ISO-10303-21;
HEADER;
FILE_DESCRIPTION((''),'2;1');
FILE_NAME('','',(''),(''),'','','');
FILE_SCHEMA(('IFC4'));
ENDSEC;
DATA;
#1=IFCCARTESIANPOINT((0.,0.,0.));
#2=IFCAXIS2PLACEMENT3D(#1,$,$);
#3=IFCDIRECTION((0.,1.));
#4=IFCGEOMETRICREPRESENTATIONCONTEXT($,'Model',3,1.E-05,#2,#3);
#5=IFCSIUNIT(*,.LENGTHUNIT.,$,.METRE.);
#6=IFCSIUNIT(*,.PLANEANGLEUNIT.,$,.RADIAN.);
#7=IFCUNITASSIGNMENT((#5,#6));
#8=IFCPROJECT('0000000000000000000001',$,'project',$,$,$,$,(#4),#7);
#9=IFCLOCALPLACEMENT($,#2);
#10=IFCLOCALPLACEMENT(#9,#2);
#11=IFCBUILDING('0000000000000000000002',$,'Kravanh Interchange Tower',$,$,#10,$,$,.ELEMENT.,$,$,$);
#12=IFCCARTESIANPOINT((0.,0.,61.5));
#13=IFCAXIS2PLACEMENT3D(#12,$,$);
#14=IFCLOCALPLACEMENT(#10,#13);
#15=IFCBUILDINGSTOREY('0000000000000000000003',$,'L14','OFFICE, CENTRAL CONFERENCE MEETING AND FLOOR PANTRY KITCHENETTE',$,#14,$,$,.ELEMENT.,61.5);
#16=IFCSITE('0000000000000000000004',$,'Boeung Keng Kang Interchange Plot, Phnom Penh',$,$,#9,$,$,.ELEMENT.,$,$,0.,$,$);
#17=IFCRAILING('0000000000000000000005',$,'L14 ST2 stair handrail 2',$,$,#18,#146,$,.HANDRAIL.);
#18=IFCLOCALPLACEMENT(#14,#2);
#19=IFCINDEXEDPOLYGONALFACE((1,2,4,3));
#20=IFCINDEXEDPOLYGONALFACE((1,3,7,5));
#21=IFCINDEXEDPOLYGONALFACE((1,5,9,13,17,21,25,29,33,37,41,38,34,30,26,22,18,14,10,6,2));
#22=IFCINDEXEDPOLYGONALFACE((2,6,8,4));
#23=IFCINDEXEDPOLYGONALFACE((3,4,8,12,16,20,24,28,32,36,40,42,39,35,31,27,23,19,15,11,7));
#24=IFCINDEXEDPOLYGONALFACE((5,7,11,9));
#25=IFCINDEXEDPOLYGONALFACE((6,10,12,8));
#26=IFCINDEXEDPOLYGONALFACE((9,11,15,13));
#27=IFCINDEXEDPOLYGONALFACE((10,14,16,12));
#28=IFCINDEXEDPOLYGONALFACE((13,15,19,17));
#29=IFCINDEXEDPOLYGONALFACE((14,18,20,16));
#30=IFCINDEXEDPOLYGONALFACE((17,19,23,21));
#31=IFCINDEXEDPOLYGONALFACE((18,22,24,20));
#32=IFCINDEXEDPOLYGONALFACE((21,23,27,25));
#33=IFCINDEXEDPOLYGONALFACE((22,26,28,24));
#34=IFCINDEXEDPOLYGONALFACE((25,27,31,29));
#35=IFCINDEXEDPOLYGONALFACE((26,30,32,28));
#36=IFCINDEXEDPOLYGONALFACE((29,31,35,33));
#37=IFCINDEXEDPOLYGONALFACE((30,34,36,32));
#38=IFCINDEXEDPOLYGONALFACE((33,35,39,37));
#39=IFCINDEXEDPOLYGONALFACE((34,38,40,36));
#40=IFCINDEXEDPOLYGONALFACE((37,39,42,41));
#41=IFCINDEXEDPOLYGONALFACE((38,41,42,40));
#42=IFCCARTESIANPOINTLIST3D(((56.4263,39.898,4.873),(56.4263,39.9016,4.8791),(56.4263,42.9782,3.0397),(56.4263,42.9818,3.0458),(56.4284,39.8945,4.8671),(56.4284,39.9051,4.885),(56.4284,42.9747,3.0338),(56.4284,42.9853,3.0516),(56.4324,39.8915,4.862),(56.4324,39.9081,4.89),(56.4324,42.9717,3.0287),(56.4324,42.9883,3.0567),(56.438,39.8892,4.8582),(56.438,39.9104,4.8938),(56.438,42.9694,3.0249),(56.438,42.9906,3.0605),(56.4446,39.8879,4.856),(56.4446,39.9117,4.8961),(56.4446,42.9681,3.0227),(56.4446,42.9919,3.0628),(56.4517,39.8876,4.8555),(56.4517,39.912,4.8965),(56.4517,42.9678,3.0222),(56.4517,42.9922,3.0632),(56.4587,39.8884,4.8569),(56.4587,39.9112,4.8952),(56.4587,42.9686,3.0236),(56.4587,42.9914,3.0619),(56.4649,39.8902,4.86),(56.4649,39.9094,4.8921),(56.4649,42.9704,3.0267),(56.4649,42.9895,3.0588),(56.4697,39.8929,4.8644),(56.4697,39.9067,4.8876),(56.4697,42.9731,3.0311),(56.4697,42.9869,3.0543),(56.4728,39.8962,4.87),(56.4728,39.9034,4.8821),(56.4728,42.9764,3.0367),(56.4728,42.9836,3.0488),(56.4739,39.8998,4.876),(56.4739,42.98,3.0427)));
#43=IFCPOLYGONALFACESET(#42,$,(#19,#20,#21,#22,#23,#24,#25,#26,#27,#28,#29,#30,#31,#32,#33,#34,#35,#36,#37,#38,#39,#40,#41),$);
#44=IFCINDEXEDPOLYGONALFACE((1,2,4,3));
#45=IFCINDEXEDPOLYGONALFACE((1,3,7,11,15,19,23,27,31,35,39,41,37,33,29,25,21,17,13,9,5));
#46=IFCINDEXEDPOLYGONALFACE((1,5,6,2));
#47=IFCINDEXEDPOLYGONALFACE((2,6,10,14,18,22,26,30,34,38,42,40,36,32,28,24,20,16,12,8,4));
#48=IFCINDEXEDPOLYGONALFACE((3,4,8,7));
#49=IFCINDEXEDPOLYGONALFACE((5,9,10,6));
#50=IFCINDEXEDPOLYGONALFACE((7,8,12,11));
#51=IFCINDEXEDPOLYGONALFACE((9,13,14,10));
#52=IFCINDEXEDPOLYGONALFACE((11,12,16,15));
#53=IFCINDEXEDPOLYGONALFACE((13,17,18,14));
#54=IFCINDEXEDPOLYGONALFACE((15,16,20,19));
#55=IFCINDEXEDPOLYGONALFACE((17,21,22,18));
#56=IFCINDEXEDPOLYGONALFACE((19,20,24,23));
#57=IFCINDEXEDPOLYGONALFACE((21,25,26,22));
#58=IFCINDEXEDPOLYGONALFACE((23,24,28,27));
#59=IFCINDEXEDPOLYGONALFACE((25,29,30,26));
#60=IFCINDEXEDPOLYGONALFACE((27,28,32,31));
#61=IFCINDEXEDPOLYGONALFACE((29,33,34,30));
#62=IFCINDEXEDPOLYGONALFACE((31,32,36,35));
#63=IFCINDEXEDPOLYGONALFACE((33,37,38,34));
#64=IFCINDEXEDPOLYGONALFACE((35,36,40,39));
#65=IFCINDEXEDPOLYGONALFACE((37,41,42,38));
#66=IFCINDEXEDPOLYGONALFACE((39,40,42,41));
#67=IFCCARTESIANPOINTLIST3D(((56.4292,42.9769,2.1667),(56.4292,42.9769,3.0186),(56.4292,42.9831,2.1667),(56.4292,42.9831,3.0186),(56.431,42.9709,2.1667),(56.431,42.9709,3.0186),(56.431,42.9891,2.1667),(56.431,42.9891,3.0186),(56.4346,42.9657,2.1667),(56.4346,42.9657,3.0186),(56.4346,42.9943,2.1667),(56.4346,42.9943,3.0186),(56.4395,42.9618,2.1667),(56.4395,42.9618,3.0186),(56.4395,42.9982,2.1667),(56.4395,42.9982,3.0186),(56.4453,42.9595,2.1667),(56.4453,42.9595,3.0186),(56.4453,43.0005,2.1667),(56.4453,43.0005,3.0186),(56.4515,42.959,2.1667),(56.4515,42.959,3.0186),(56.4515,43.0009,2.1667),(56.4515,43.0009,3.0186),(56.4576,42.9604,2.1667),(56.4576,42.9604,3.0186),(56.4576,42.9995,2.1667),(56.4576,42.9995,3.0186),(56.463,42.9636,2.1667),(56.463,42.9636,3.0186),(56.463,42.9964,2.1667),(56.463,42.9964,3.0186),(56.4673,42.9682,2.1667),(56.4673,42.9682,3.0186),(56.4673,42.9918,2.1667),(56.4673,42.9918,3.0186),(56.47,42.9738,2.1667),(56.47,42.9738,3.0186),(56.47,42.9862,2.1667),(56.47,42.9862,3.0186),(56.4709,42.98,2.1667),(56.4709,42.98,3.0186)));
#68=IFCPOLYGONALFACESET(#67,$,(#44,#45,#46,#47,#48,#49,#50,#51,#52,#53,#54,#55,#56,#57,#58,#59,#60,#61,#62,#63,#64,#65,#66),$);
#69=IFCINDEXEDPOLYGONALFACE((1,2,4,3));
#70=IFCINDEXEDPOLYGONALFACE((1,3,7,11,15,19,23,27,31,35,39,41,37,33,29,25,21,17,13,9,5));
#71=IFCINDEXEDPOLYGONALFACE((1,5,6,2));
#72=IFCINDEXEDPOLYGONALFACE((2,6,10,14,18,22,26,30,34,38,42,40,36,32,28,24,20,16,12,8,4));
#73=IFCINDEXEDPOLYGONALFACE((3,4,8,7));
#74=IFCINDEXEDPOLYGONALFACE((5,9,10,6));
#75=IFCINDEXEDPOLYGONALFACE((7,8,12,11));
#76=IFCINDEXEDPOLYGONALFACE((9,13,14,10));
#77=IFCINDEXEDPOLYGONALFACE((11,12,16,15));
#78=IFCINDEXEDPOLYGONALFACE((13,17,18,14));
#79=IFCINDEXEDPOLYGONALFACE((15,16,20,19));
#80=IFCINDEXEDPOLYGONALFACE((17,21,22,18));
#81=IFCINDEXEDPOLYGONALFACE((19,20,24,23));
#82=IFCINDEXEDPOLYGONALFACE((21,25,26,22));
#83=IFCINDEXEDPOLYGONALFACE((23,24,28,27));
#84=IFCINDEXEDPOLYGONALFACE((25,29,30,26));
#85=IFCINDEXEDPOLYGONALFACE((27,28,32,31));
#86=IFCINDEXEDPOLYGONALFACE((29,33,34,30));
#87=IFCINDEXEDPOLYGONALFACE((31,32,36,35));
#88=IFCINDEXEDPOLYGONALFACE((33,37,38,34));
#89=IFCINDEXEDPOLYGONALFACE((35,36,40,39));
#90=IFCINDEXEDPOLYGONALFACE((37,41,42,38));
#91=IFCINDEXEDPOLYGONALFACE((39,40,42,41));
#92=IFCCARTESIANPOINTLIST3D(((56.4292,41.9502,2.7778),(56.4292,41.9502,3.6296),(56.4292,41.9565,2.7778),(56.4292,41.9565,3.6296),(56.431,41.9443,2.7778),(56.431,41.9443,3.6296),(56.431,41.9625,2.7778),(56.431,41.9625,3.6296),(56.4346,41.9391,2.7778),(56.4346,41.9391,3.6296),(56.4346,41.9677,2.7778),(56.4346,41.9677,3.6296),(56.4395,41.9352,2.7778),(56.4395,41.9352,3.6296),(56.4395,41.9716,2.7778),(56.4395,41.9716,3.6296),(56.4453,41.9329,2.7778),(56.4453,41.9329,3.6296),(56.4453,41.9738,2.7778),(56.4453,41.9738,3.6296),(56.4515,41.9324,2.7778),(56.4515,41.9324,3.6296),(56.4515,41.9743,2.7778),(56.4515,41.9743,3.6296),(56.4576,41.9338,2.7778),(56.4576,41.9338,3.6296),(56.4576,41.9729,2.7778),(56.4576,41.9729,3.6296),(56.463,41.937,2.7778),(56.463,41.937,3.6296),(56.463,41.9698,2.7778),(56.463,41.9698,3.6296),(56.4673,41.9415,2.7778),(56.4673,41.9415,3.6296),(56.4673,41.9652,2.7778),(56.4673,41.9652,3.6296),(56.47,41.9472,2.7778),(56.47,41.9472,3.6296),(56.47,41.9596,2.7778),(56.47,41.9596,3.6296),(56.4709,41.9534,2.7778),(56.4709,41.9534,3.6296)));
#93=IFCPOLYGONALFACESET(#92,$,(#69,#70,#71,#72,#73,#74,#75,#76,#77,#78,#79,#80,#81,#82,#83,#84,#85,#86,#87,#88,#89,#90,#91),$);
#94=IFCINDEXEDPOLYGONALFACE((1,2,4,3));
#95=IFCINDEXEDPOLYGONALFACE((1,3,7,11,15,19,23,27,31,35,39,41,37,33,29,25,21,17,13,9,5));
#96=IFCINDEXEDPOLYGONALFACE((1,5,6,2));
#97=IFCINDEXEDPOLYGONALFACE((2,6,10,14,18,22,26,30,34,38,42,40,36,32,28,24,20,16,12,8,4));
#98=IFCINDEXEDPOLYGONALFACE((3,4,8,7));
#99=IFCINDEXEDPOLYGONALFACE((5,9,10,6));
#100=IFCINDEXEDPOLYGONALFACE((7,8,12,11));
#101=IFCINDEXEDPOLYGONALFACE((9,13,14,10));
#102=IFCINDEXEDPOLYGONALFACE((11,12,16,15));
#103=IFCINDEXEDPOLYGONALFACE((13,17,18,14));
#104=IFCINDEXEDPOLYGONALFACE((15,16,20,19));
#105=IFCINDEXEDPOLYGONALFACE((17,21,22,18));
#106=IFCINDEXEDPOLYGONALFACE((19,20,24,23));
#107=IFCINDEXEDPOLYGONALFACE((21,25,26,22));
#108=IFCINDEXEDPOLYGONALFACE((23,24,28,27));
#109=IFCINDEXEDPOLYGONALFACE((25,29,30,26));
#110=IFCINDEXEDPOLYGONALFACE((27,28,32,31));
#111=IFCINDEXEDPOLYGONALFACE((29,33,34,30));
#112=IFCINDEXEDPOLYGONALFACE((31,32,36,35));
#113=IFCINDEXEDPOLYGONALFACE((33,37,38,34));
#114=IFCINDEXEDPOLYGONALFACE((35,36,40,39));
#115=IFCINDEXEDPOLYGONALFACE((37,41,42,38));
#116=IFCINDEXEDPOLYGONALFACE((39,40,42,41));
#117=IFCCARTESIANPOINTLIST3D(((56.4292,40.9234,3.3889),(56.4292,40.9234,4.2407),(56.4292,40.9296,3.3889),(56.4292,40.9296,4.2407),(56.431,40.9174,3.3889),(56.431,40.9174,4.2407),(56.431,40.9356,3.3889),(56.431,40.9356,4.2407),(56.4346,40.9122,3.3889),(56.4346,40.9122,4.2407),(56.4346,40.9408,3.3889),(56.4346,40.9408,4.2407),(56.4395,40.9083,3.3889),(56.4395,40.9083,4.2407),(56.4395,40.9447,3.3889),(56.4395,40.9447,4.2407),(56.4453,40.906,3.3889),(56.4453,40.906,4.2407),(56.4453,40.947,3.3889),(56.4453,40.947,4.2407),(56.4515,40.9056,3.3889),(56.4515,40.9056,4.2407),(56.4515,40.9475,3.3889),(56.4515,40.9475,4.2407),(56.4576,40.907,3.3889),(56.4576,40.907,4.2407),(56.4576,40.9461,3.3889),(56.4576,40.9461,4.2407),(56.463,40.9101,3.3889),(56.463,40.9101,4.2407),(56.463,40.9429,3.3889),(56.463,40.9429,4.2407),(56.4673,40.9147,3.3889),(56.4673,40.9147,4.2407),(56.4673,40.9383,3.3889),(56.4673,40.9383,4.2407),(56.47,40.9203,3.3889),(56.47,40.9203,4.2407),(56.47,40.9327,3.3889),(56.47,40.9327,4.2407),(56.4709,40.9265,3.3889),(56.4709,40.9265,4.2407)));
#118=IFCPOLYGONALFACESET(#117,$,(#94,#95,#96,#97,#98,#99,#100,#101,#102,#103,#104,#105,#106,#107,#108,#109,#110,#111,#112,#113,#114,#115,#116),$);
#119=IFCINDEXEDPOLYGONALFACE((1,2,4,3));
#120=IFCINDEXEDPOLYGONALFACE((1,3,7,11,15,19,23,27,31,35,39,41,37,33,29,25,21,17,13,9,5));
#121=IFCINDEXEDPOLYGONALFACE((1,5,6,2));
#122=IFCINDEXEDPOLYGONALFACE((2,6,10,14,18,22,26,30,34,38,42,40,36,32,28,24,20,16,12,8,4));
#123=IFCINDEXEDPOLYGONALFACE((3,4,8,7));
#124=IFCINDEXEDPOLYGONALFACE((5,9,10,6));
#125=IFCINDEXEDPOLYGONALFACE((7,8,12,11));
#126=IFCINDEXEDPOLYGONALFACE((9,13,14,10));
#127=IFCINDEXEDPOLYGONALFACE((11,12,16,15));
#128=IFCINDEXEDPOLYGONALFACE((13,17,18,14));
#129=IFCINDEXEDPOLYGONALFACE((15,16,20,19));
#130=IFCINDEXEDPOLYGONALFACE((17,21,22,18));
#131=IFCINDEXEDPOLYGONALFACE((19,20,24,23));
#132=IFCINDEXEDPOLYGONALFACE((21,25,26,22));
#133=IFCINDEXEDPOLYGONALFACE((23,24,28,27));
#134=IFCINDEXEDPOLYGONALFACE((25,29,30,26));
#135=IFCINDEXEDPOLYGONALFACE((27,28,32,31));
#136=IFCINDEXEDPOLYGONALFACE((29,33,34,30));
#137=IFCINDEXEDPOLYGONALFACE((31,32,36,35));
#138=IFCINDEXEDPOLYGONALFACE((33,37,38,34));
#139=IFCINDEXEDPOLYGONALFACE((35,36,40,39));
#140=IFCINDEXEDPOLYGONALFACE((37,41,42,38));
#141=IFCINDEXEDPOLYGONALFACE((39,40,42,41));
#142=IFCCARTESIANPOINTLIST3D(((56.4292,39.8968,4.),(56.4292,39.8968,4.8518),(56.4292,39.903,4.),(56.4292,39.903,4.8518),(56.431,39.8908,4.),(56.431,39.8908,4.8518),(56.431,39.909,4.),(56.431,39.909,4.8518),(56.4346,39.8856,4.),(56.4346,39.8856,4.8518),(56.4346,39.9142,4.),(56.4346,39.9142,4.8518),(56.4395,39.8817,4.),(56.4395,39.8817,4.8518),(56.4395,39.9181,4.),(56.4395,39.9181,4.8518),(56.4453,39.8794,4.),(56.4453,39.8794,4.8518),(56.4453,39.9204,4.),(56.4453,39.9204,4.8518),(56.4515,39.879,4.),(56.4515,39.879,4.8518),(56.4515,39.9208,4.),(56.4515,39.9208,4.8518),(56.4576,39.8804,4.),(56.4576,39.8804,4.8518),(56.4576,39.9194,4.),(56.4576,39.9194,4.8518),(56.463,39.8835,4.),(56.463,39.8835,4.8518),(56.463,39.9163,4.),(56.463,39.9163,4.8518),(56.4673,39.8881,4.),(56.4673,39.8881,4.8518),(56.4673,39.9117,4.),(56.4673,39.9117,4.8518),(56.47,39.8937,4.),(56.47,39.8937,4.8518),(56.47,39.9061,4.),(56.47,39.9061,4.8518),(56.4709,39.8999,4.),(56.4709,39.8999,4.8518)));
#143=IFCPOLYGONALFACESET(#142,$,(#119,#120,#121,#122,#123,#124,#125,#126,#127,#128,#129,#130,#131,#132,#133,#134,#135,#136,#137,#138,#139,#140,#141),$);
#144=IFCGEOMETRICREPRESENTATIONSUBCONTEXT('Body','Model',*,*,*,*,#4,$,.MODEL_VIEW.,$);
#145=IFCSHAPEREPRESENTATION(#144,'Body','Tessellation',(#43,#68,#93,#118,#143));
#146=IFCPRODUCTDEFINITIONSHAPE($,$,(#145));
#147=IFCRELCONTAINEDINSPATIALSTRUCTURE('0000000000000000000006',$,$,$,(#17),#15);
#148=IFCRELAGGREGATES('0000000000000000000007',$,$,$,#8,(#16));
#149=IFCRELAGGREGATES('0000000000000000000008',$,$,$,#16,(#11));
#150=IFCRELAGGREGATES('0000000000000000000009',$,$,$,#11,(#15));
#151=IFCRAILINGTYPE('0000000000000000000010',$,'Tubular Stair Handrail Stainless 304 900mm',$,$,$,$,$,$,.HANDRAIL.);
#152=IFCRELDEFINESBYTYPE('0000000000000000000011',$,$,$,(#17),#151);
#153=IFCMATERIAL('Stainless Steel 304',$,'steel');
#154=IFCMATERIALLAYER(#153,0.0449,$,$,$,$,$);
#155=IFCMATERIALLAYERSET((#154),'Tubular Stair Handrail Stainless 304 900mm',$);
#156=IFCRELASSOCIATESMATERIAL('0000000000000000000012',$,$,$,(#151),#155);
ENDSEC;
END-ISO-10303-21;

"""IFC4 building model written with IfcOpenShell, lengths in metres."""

from ifc_helpers import new_model, si_unit, direction, frame, origin, origin_2d, place, context, subcontext, project, spatial, circle, extrude, material, layer, layer_set, type_object, element, save


model = new_model("IFC4")

# Units and contexts
model_context = context("Model", 3, precision=1e-05, world=origin(), true_north=direction((0.0, 1.0)))
body_context = subcontext(model_context, "Body", "Model", "MODEL_VIEW")
ifc_project = project(units=[si_unit("LENGTHUNIT", "METRE"), si_unit("PLANEANGLEUNIT", "RADIAN")], contexts=[model_context])

# Site, building, storey
site_placement = place(None, origin())
site = spatial("IfcSite", under=ifc_project, at=site_placement, Name="Boeung Keng Kang Interchange Plot, Phnom Penh", CompositionType="ELEMENT", RefElevation=0.0)
building_placement = place(site_placement, origin())
building = spatial("IfcBuilding", under=site, at=building_placement, Name="Kravanh Interchange Tower", CompositionType="ELEMENT")
storey_placement = place(building_placement, frame((0.0, 0.0, 61.5)))
storey = spatial("IfcBuildingStorey", under=building, at=storey_placement, Name="L14", Description="OFFICE, CENTRAL CONFERENCE MEETING AND FLOOR PANTRY KITCHENETTE", CompositionType="ELEMENT", Elevation=61.5)

# Railing
ifc_material_1 = material(Name="Stainless Steel 304", Category="steel")
ifc_layer_1 = layer(ifc_material_1, 0.0449)
ifc_layer_set_1 = layer_set([ifc_layer_1], Name="Tubular Stair Handrail Stainless 304 900mm")
railing_type_1 = type_object("IfcRailingType", Name="Tubular Stair Handrail Stainless 304 900mm", PredefinedType="HANDRAIL", material=ifc_layer_set_1)
railing_1_placement = place(storey_placement, frame((56.45, 42.98, 2.1667)))
element("IfcRailing", 1, at=railing_1_placement, inside=storey, type_object=railing_type_1, Name="L14 ST2 stair handrail 2", PredefinedType="HANDRAIL", context=body_context, shape_type="SweptSolid", body=[
    extrude(circle(Radius=0.0239, at=origin_2d()), frame((0.0, 0.0, 0.876), z_axis=(0.0, -0.859309, 0.511458), x_axis=(1.0, 0.0, 0.0)), (0.0, 0.0, 1.0), 3.5845),
    extrude(circle(Radius=0.021, at=origin_2d()), origin(), (0.0, 0.0, 1.0), 0.8518),
    extrude(circle(Radius=0.021, at=origin_2d()), frame((0.0, -1.0266, 0.6111)), (0.0, 0.0, 1.0), 0.8518),
    extrude(circle(Radius=0.021, at=origin_2d()), frame((0.0, -2.0535, 1.2222)), (0.0, 0.0, 1.0), 0.8518),
    extrude(circle(Radius=0.021, at=origin_2d()), frame((0.0, -3.0801, 1.8333)), (0.0, 0.0, 1.0), 0.8518),
])

save(model, "model.ifc")
